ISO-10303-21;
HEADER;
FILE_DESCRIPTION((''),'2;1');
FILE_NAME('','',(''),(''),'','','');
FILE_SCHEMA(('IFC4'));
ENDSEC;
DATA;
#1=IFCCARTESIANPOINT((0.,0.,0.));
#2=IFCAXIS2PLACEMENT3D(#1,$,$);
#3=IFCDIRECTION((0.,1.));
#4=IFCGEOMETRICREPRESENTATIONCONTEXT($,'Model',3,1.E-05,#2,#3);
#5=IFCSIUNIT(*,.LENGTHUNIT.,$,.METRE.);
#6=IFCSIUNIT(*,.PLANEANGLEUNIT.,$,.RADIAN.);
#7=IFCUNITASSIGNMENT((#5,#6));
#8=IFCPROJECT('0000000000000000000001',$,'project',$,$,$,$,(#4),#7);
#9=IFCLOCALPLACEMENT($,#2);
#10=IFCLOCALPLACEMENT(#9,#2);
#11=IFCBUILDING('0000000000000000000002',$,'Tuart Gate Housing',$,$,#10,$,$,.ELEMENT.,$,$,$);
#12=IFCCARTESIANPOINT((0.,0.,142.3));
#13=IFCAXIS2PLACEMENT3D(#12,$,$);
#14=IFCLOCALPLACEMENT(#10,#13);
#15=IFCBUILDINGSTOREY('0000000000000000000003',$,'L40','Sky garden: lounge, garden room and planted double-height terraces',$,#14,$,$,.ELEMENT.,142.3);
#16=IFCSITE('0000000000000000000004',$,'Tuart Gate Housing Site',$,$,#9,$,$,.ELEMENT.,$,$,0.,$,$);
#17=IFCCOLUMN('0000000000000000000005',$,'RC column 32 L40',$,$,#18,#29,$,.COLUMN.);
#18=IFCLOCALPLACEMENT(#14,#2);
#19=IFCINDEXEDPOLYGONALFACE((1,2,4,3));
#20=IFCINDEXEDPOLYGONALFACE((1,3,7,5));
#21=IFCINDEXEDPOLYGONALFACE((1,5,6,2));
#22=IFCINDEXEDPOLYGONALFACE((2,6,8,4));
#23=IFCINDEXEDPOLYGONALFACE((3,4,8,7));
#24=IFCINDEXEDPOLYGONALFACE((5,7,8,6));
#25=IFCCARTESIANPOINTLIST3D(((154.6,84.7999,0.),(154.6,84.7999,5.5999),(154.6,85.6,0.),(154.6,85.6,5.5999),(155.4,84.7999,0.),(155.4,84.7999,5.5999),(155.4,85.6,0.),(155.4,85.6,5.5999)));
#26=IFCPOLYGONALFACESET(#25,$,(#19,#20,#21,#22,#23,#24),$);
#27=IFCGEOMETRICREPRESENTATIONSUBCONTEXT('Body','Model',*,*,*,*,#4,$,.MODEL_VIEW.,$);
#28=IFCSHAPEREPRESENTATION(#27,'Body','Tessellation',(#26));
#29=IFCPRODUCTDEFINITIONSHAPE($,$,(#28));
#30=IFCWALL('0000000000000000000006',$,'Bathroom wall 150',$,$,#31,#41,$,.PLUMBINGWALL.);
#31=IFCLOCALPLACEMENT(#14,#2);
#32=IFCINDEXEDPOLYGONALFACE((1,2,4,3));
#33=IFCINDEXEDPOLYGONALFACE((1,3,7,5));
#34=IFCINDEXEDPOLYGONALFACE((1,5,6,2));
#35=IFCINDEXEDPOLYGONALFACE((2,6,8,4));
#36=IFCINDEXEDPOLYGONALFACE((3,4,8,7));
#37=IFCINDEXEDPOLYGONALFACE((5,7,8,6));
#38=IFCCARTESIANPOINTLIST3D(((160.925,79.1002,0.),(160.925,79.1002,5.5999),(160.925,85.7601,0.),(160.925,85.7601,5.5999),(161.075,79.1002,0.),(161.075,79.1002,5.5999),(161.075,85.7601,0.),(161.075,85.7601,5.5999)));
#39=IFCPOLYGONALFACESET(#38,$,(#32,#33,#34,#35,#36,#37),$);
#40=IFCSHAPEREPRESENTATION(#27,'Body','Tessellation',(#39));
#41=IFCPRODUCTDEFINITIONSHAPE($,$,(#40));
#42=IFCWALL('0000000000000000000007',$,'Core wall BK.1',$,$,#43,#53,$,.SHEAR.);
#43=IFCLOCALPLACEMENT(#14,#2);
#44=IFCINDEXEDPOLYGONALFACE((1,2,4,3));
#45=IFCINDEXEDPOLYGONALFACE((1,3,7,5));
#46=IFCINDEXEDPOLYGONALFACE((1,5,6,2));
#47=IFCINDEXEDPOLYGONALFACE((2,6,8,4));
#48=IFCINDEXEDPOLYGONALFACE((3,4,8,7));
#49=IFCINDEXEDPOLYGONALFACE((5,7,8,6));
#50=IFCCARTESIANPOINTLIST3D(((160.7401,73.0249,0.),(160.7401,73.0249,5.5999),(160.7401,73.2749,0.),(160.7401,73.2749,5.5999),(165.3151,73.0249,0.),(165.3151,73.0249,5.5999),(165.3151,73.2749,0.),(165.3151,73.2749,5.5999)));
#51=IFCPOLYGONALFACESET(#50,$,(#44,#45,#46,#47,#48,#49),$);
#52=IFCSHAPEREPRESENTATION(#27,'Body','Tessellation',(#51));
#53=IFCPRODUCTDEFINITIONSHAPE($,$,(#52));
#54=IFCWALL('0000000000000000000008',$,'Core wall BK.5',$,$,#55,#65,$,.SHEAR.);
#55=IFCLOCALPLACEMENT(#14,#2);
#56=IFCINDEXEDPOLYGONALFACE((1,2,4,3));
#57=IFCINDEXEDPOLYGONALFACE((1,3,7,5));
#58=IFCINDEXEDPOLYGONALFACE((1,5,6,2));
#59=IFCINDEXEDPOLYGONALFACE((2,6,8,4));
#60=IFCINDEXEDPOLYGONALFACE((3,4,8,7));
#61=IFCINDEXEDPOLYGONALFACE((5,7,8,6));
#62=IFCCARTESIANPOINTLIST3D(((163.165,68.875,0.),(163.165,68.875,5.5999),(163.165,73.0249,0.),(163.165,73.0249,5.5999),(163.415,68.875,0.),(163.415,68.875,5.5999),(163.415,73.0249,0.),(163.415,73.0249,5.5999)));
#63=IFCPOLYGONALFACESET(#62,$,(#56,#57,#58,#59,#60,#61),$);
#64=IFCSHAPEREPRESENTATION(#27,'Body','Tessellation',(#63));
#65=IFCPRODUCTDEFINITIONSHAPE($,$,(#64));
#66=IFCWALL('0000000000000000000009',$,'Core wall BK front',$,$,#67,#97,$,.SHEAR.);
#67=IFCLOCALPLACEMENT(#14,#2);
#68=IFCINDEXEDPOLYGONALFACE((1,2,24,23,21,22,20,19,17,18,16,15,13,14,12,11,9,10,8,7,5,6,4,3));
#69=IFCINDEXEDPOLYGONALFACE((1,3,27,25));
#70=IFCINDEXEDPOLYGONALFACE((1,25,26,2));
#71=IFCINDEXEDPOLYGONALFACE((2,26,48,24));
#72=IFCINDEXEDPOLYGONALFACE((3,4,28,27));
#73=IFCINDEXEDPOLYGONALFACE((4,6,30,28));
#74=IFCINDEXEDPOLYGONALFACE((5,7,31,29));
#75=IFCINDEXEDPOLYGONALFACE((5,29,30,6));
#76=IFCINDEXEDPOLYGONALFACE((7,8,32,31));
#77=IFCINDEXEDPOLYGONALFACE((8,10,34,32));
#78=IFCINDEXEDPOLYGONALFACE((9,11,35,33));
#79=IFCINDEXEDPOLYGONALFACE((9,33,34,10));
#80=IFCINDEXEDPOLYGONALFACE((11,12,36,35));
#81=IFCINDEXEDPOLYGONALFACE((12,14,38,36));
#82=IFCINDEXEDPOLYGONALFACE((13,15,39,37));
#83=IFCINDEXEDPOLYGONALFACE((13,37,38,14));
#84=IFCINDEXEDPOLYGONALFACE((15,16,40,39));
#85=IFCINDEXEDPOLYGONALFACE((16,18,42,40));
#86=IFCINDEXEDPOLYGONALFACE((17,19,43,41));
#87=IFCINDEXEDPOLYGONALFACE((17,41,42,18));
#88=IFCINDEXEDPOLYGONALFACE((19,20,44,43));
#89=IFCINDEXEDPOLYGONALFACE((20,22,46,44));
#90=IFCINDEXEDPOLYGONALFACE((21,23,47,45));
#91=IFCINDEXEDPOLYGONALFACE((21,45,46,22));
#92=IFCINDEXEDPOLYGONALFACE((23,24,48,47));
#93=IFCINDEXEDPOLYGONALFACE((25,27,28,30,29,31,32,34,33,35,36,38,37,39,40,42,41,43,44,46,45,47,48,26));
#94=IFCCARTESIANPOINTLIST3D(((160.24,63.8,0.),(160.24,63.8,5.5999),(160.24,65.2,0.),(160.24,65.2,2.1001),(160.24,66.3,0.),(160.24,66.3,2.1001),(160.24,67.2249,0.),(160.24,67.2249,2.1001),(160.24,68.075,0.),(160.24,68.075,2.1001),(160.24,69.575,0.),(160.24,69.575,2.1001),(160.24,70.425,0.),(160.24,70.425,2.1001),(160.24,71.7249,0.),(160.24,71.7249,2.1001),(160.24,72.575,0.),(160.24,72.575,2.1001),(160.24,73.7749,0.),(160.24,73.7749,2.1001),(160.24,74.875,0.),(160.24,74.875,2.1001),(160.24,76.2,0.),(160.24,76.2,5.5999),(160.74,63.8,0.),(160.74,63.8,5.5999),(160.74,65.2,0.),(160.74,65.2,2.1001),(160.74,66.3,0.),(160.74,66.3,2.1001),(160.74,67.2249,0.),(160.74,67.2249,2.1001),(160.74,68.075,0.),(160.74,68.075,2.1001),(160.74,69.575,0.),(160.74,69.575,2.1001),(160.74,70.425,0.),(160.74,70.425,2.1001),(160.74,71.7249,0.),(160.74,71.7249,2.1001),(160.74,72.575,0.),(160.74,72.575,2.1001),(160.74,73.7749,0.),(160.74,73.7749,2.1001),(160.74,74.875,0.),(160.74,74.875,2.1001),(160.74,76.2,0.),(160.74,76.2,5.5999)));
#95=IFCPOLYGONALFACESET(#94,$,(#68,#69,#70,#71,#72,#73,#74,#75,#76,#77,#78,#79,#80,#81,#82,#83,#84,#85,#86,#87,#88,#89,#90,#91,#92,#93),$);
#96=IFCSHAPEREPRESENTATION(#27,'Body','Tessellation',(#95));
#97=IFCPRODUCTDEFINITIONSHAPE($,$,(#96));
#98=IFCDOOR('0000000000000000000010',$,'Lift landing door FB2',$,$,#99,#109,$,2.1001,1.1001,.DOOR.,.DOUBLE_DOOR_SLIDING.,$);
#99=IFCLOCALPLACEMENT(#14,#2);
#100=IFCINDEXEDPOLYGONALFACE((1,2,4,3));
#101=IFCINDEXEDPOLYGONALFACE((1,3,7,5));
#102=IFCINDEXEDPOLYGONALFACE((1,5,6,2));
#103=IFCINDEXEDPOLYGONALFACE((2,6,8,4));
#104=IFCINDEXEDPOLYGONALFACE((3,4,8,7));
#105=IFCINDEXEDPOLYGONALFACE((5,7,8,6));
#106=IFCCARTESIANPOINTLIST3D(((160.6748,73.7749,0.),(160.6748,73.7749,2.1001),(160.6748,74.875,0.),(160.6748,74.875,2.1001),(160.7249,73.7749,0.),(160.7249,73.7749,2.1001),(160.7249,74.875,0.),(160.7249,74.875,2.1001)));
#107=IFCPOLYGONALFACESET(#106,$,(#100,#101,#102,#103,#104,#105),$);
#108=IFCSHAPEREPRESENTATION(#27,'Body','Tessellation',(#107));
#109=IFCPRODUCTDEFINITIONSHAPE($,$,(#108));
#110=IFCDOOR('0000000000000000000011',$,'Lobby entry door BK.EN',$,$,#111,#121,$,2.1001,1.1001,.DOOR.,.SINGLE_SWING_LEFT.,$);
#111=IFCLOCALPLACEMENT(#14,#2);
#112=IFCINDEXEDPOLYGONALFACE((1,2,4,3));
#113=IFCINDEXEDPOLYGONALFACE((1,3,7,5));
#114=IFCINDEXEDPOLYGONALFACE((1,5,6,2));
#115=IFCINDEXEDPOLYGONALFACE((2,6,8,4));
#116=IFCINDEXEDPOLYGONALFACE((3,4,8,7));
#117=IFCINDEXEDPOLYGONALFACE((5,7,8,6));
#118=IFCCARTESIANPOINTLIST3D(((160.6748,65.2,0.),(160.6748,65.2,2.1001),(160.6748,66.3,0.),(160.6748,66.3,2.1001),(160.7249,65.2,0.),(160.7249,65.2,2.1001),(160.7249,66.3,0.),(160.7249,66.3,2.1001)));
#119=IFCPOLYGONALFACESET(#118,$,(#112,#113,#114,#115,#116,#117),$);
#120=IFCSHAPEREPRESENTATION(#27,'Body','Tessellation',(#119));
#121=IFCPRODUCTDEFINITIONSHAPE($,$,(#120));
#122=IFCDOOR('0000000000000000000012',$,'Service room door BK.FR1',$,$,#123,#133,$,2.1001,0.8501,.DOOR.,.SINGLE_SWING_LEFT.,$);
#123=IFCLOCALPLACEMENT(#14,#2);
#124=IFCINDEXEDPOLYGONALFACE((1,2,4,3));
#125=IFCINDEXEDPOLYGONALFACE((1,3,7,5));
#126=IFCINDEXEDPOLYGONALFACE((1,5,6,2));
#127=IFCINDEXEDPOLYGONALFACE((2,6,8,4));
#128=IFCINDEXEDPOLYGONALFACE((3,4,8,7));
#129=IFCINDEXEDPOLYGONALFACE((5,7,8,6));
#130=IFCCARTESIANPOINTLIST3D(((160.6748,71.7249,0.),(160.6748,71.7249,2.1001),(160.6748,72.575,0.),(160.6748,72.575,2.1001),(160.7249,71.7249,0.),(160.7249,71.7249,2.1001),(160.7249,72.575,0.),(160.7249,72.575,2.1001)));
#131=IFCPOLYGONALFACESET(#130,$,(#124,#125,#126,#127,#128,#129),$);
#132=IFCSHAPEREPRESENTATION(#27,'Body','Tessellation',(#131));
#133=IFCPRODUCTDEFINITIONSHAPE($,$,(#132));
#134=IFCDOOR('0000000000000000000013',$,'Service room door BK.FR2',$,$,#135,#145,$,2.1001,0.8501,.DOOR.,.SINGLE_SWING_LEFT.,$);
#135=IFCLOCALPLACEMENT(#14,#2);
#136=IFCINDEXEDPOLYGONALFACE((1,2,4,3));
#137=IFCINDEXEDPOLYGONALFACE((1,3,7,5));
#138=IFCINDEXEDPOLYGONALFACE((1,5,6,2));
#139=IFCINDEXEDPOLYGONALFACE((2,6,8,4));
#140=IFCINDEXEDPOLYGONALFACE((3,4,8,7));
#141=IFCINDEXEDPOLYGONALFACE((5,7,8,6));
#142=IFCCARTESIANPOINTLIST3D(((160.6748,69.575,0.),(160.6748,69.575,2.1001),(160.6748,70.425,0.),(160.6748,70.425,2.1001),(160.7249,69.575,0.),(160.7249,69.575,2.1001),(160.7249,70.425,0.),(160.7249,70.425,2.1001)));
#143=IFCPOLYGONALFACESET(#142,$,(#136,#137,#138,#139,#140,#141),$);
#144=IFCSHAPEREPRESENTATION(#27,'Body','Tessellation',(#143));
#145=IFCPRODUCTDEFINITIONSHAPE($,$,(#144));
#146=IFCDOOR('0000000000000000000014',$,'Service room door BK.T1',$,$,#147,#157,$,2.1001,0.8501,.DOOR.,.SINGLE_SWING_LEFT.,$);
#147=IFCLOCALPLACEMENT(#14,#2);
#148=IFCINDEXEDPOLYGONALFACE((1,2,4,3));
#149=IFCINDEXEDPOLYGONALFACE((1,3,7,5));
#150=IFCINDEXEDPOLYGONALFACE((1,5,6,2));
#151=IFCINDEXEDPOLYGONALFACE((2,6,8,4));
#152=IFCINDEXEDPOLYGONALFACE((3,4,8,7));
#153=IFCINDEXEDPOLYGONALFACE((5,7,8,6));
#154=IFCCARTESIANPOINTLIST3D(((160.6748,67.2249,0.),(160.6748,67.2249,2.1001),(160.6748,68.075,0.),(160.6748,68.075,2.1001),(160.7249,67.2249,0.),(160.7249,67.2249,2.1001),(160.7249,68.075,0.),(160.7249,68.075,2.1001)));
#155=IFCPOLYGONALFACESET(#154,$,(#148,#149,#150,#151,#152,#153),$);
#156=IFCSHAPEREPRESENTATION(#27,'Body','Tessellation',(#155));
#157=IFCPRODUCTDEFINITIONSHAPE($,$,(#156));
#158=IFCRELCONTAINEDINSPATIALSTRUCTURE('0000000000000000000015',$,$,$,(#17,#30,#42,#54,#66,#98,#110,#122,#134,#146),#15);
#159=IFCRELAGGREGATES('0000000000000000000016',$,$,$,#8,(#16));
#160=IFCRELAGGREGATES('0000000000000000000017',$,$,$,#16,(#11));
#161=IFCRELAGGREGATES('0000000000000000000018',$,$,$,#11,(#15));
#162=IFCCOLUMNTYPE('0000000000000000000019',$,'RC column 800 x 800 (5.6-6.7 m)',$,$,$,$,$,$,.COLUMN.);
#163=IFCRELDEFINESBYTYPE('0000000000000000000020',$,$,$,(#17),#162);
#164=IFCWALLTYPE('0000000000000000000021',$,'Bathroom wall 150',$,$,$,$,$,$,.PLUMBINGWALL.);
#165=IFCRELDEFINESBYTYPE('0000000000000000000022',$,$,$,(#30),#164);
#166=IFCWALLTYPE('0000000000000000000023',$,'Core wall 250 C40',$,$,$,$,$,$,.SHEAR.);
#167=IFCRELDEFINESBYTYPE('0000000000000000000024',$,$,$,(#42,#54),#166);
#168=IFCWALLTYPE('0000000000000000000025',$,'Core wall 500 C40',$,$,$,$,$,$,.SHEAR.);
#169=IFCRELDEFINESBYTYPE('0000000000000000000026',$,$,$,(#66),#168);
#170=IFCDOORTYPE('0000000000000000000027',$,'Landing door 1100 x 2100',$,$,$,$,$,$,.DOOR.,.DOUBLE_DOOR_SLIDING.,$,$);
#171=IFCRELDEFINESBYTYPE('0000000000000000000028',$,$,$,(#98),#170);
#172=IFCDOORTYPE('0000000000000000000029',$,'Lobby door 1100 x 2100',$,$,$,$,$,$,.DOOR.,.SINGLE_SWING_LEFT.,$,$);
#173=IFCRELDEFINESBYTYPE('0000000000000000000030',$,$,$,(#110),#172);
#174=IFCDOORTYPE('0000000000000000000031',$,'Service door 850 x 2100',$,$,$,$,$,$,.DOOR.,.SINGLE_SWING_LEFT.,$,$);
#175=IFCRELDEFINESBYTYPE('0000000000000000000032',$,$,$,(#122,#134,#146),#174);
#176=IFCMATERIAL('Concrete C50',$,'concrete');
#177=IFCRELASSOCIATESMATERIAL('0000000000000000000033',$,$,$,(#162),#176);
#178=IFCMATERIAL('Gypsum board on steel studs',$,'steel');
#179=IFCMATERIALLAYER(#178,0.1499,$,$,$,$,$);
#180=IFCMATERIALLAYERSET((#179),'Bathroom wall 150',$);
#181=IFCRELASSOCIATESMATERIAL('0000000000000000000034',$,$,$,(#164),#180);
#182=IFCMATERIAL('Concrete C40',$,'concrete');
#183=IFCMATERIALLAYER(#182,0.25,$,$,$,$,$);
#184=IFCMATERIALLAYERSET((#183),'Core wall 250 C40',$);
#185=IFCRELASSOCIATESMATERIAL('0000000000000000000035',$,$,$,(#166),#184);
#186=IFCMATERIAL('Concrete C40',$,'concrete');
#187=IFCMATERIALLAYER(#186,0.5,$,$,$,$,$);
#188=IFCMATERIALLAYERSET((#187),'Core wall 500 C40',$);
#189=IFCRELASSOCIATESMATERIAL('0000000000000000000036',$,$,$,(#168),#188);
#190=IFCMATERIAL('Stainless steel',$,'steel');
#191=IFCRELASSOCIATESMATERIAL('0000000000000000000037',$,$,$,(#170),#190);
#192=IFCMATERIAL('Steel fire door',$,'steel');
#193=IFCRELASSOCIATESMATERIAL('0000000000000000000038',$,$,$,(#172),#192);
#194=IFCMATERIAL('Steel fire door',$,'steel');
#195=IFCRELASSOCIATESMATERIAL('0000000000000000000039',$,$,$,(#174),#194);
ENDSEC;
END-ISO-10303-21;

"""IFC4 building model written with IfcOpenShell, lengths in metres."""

from ifc_helpers import new_model, si_unit, direction, frame, frame_2d, origin, origin_2d, place, context, subcontext, project, spatial, rectangle, extrude, material, layer, layer_set, material_profile, profile_set, type_object, element, fill, save


model = new_model("IFC4")

# Units and contexts
model_context = context("Model", 3, precision=1e-05, world=origin(), true_north=direction((0.0, 1.0)))
body_context = subcontext(model_context, "Body", "Model", "MODEL_VIEW")
ifc_project = project(units=[si_unit("LENGTHUNIT", "METRE"), si_unit("PLANEANGLEUNIT", "RADIAN")], contexts=[model_context])

# Site, building, storey
site_placement = place(None, origin())
site = spatial("IfcSite", under=ifc_project, at=site_placement, Name="Tuart Gate Housing Site", CompositionType="ELEMENT", RefElevation=0.0)
building_placement = place(site_placement, origin())
building = spatial("IfcBuilding", under=site, at=building_placement, Name="Tuart Gate Housing", CompositionType="ELEMENT")
storey_placement = place(building_placement, frame((0.0, 0.0, 142.3)))
storey = spatial("IfcBuildingStorey", under=building, at=storey_placement, Name="L40", Description="Sky garden: lounge, garden room and planted double-height terraces", CompositionType="ELEMENT", Elevation=142.3)

# Column
ifc_material_1 = material(Name="Concrete C50", Category="concrete")
ifc_material_profile = material_profile(ifc_material_1, rectangle(XDim=0.8, YDim=0.8, at=origin_2d()), Name="RC column 800 x 800 (5.6-6.7 m)")
ifc_profile_set = profile_set([ifc_material_profile], Name="Concrete C50")
column_type = type_object("IfcColumnType", Name="RC column 800 x 800 (5.6-6.7 m)", PredefinedType="COLUMN", material=ifc_profile_set)
column_placement = place(storey_placement, frame((155.0, 85.2, 0.0), z_axis=(0.0, 0.0, 1.0), x_axis=(1.0, 0.0, 0.0)))
element("IfcColumn", 1, at=column_placement, inside=storey, type_object=column_type, Name="RC column 32 L40", PredefinedType="COLUMN", context=body_context, shape_type="SweptSolid", body=[
    extrude(rectangle(XDim=0.8, YDim=0.8, at=origin_2d()), origin(), (0.0, 0.0, 1.0), 5.5999),
])

# Walls
ifc_material_2 = material(Name="Gypsum board on steel studs", Category="steel")
ifc_layer_1 = layer(ifc_material_2, 0.1499)
ifc_layer_set_1 = layer_set([ifc_layer_1], Name="Bathroom wall 150")
wall_type_1 = type_object("IfcWallType", Name="Bathroom wall 150", PredefinedType="PLUMBINGWALL", material=ifc_layer_set_1)
wall_1_placement = place(storey_placement, frame((161.0, 79.1001, 0.0), z_axis=(0.0, 0.0, 1.0), x_axis=(0.0, 1.0, 0.0)))
element("IfcWall", 2, at=wall_1_placement, inside=storey, type_object=wall_type_1, Name="Bathroom wall 150", PredefinedType="PLUMBINGWALL", context=body_context, shape_type="SweptSolid", body=[
    extrude(rectangle(XDim=6.6599, YDim=0.1499, at=frame_2d((3.3301, 0.0))), origin(), (0.0, 0.0, 1.0), 5.5999),
])
ifc_material_3 = material(Name="Concrete C40", Category="concrete")
ifc_layer_2 = layer(ifc_material_3, 0.25)
ifc_layer_set_2 = layer_set([ifc_layer_2], Name="Core wall 250 C40")
wall_type_2 = type_object("IfcWallType", Name="Core wall 250 C40", PredefinedType="SHEAR", material=ifc_layer_set_2)
wall_2_placement = place(storey_placement, frame((160.74, 73.1499, 0.0), z_axis=(0.0, 0.0, 1.0), x_axis=(1.0, 0.0, 0.0)))
element("IfcWall", 3, at=wall_2_placement, inside=storey, type_object=wall_type_2, Name="Core wall BK.1", PredefinedType="SHEAR", context=body_context, shape_type="SweptSolid", body=[
    extrude(rectangle(XDim=4.575, YDim=0.25, at=frame_2d((2.2876, 0.0))), origin(), (0.0, 0.0, 1.0), 5.5999),
])
wall_3_placement = place(storey_placement, frame((163.29, 73.0249, 0.0), z_axis=(0.0, 0.0, 1.0), x_axis=(0.0, -1.0, 0.0)))
element("IfcWall", 4, at=wall_3_placement, inside=storey, type_object=wall_type_2, Name="Core wall BK.5", PredefinedType="SHEAR", context=body_context, shape_type="SweptSolid", body=[
    extrude(rectangle(XDim=4.1499, YDim=0.25, at=frame_2d((2.075, 0.0))), origin(), (0.0, 0.0, 1.0), 5.5999),
])

# Wall, openings, doors
ifc_material_4 = material(Name="Concrete C40", Category="concrete")
ifc_layer_3 = layer(ifc_material_4, 0.5)
ifc_layer_set_3 = layer_set([ifc_layer_3], Name="Core wall 500 C40")
wall_type_3 = type_object("IfcWallType", Name="Core wall 500 C40", PredefinedType="SHEAR", material=ifc_layer_set_3)
wall_4_placement = place(storey_placement, frame((160.49, 76.2, 0.0), z_axis=(0.0, 0.0, 1.0), x_axis=(0.0, -1.0, 0.0)))
wall_4 = element("IfcWall", 5, at=wall_4_placement, inside=storey, type_object=wall_type_3, Name="Core wall BK front", PredefinedType="SHEAR", context=body_context, shape_type="SweptSolid", body=[
    extrude(rectangle(XDim=12.3999, YDim=0.5, at=frame_2d((6.2, 0.0))), origin(), (0.0, 0.0, 1.0), 5.5999),
])
opening_1_placement = place(wall_4_placement, frame((1.325, 0.0, 0.0)))
opening_1 = element("IfcOpeningElement", 6, at=opening_1_placement, cuts=wall_4, PredefinedType="OPENING", context=body_context, shape_type="SweptSolid", body=[
    extrude(rectangle(XDim=1.1001, YDim=2.1001, at=frame_2d((0.55, 1.05))), frame((0.0, 0.26, 0.0), z_axis=(0.0, -1.0, 0.0), x_axis=(1.0, 0.0, 0.0)), (0.0, 0.0, 1.0), 0.52),
])
opening_2_placement = place(wall_4_placement, frame((3.625, 0.0, 0.0)))
opening_2 = element("IfcOpeningElement", 7, at=opening_2_placement, cuts=wall_4, PredefinedType="OPENING", context=body_context, shape_type="SweptSolid", body=[
    extrude(rectangle(XDim=0.8501, YDim=2.1001, at=frame_2d((0.425, 1.05))), frame((0.0, 0.26, 0.0), z_axis=(0.0, -1.0, 0.0), x_axis=(1.0, 0.0, 0.0)), (0.0, 0.0, 1.0), 0.52),
])
opening_3_placement = place(wall_4_placement, frame((5.7749, 0.0, 0.0)))
opening_3 = element("IfcOpeningElement", 8, at=opening_3_placement, cuts=wall_4, PredefinedType="OPENING", context=body_context, shape_type="SweptSolid", body=[
    extrude(rectangle(XDim=0.8501, YDim=2.1001, at=frame_2d((0.425, 1.05))), frame((0.0, 0.26, 0.0), z_axis=(0.0, -1.0, 0.0), x_axis=(1.0, 0.0, 0.0)), (0.0, 0.0, 1.0), 0.52),
])
opening_4_placement = place(wall_4_placement, frame((9.8999, 0.0, 0.0)))
opening_4 = element("IfcOpeningElement", 9, at=opening_4_placement, cuts=wall_4, PredefinedType="OPENING", context=body_context, shape_type="SweptSolid", body=[
    extrude(rectangle(XDim=1.1001, YDim=2.1001, at=frame_2d((0.55, 1.05))), frame((0.0, 0.26, 0.0), z_axis=(0.0, -1.0, 0.0), x_axis=(1.0, 0.0, 0.0)), (0.0, 0.0, 1.0), 0.52),
])
opening_5_placement = place(wall_4_placement, frame((8.125, 0.0, 0.0)))
opening_5 = element("IfcOpeningElement", 10, at=opening_5_placement, cuts=wall_4, PredefinedType="OPENING", context=body_context, shape_type="SweptSolid", body=[
    extrude(rectangle(XDim=0.8501, YDim=2.1001, at=frame_2d((0.425, 1.05))), frame((0.0, 0.26, 0.0), z_axis=(0.0, -1.0, 0.0), x_axis=(1.0, 0.0, 0.0)), (0.0, 0.0, 1.0), 0.52),
])
ifc_material_5 = material(Name="Stainless steel", Category="steel")
door_type_1 = type_object("IfcDoorType", Name="Landing door 1100 x 2100", OperationType="DOUBLE_DOOR_SLIDING", PredefinedType="DOOR", material=ifc_material_5)
door_1_placement = place(opening_1_placement, origin())
door_1 = element("IfcDoor", 11, at=door_1_placement, inside=storey, type_object=door_type_1, Name="Lift landing door FB2", OperationType="DOUBLE_DOOR_SLIDING", OverallHeight=2.1001, OverallWidth=1.1001, PredefinedType="DOOR", context=body_context, shape_type="SweptSolid", body=[
    extrude(rectangle(XDim=1.1001, YDim=2.1001, at=frame_2d((0.55, 1.05))), frame((0.0, 0.2349, 0.0), z_axis=(0.0, -1.0, 0.0), x_axis=(1.0, 0.0, 0.0)), (0.0, 0.0, 1.0), 0.05),
])
fill(opening_1, door_1)
ifc_material_6 = material(Name="Steel fire door", Category="steel")
door_type_2 = type_object("IfcDoorType", Name="Lobby door 1100 x 2100", OperationType="SINGLE_SWING_LEFT", PredefinedType="DOOR", material=ifc_material_6)
door_2_placement = place(opening_4_placement, origin())
door_2 = element("IfcDoor", 12, at=door_2_placement, inside=storey, type_object=door_type_2, Name="Lobby entry door BK.EN", OperationType="SINGLE_SWING_LEFT", OverallHeight=2.1001, OverallWidth=1.1001, PredefinedType="DOOR", context=body_context, shape_type="SweptSolid", body=[
    extrude(rectangle(XDim=1.1001, YDim=2.1001, at=frame_2d((0.55, 1.05))), frame((0.0, 0.2349, 0.0), z_axis=(0.0, -1.0, 0.0), x_axis=(1.0, 0.0, 0.0)), (0.0, 0.0, 1.0), 0.05),
])
fill(opening_4, door_2)
ifc_material_7 = material(Name="Steel fire door", Category="steel")
door_type_3 = type_object("IfcDoorType", Name="Service door 850 x 2100", OperationType="SINGLE_SWING_LEFT", PredefinedType="DOOR", material=ifc_material_7)
door_3_placement = place(opening_2_placement, origin())
door_3 = element("IfcDoor", 13, at=door_3_placement, inside=storey, type_object=door_type_3, Name="Service room door BK.FR1", OperationType="SINGLE_SWING_LEFT", OverallHeight=2.1001, OverallWidth=0.8501, PredefinedType="DOOR", context=body_context, shape_type="SweptSolid", body=[
    extrude(rectangle(XDim=0.8501, YDim=2.1001, at=frame_2d((0.425, 1.05))), frame((0.0, 0.2349, 0.0), z_axis=(0.0, -1.0, 0.0), x_axis=(1.0, 0.0, 0.0)), (0.0, 0.0, 1.0), 0.05),
])
fill(opening_2, door_3)
door_4_placement = place(opening_3_placement, origin())
door_4 = element("IfcDoor", 14, at=door_4_placement, inside=storey, type_object=door_type_3, Name="Service room door BK.FR2", OperationType="SINGLE_SWING_LEFT", OverallHeight=2.1001, OverallWidth=0.8501, PredefinedType="DOOR", context=body_context, shape_type="SweptSolid", body=[
    extrude(rectangle(XDim=0.8501, YDim=2.1001, at=frame_2d((0.425, 1.05))), frame((0.0, 0.2349, 0.0), z_axis=(0.0, -1.0, 0.0), x_axis=(1.0, 0.0, 0.0)), (0.0, 0.0, 1.0), 0.05),
])
fill(opening_3, door_4)
door_5_placement = place(opening_5_placement, origin())
door_5 = element("IfcDoor", 15, at=door_5_placement, inside=storey, type_object=door_type_3, Name="Service room door BK.T1", OperationType="SINGLE_SWING_LEFT", OverallHeight=2.1001, OverallWidth=0.8501, PredefinedType="DOOR", context=body_context, shape_type="SweptSolid", body=[
    extrude(rectangle(XDim=0.8501, YDim=2.1001, at=frame_2d((0.425, 1.05))), frame((0.0, 0.2349, 0.0), z_axis=(0.0, -1.0, 0.0), x_axis=(1.0, 0.0, 0.0)), (0.0, 0.0, 1.0), 0.05),
])
fill(opening_5, door_5)

save(model, "model.ifc")
